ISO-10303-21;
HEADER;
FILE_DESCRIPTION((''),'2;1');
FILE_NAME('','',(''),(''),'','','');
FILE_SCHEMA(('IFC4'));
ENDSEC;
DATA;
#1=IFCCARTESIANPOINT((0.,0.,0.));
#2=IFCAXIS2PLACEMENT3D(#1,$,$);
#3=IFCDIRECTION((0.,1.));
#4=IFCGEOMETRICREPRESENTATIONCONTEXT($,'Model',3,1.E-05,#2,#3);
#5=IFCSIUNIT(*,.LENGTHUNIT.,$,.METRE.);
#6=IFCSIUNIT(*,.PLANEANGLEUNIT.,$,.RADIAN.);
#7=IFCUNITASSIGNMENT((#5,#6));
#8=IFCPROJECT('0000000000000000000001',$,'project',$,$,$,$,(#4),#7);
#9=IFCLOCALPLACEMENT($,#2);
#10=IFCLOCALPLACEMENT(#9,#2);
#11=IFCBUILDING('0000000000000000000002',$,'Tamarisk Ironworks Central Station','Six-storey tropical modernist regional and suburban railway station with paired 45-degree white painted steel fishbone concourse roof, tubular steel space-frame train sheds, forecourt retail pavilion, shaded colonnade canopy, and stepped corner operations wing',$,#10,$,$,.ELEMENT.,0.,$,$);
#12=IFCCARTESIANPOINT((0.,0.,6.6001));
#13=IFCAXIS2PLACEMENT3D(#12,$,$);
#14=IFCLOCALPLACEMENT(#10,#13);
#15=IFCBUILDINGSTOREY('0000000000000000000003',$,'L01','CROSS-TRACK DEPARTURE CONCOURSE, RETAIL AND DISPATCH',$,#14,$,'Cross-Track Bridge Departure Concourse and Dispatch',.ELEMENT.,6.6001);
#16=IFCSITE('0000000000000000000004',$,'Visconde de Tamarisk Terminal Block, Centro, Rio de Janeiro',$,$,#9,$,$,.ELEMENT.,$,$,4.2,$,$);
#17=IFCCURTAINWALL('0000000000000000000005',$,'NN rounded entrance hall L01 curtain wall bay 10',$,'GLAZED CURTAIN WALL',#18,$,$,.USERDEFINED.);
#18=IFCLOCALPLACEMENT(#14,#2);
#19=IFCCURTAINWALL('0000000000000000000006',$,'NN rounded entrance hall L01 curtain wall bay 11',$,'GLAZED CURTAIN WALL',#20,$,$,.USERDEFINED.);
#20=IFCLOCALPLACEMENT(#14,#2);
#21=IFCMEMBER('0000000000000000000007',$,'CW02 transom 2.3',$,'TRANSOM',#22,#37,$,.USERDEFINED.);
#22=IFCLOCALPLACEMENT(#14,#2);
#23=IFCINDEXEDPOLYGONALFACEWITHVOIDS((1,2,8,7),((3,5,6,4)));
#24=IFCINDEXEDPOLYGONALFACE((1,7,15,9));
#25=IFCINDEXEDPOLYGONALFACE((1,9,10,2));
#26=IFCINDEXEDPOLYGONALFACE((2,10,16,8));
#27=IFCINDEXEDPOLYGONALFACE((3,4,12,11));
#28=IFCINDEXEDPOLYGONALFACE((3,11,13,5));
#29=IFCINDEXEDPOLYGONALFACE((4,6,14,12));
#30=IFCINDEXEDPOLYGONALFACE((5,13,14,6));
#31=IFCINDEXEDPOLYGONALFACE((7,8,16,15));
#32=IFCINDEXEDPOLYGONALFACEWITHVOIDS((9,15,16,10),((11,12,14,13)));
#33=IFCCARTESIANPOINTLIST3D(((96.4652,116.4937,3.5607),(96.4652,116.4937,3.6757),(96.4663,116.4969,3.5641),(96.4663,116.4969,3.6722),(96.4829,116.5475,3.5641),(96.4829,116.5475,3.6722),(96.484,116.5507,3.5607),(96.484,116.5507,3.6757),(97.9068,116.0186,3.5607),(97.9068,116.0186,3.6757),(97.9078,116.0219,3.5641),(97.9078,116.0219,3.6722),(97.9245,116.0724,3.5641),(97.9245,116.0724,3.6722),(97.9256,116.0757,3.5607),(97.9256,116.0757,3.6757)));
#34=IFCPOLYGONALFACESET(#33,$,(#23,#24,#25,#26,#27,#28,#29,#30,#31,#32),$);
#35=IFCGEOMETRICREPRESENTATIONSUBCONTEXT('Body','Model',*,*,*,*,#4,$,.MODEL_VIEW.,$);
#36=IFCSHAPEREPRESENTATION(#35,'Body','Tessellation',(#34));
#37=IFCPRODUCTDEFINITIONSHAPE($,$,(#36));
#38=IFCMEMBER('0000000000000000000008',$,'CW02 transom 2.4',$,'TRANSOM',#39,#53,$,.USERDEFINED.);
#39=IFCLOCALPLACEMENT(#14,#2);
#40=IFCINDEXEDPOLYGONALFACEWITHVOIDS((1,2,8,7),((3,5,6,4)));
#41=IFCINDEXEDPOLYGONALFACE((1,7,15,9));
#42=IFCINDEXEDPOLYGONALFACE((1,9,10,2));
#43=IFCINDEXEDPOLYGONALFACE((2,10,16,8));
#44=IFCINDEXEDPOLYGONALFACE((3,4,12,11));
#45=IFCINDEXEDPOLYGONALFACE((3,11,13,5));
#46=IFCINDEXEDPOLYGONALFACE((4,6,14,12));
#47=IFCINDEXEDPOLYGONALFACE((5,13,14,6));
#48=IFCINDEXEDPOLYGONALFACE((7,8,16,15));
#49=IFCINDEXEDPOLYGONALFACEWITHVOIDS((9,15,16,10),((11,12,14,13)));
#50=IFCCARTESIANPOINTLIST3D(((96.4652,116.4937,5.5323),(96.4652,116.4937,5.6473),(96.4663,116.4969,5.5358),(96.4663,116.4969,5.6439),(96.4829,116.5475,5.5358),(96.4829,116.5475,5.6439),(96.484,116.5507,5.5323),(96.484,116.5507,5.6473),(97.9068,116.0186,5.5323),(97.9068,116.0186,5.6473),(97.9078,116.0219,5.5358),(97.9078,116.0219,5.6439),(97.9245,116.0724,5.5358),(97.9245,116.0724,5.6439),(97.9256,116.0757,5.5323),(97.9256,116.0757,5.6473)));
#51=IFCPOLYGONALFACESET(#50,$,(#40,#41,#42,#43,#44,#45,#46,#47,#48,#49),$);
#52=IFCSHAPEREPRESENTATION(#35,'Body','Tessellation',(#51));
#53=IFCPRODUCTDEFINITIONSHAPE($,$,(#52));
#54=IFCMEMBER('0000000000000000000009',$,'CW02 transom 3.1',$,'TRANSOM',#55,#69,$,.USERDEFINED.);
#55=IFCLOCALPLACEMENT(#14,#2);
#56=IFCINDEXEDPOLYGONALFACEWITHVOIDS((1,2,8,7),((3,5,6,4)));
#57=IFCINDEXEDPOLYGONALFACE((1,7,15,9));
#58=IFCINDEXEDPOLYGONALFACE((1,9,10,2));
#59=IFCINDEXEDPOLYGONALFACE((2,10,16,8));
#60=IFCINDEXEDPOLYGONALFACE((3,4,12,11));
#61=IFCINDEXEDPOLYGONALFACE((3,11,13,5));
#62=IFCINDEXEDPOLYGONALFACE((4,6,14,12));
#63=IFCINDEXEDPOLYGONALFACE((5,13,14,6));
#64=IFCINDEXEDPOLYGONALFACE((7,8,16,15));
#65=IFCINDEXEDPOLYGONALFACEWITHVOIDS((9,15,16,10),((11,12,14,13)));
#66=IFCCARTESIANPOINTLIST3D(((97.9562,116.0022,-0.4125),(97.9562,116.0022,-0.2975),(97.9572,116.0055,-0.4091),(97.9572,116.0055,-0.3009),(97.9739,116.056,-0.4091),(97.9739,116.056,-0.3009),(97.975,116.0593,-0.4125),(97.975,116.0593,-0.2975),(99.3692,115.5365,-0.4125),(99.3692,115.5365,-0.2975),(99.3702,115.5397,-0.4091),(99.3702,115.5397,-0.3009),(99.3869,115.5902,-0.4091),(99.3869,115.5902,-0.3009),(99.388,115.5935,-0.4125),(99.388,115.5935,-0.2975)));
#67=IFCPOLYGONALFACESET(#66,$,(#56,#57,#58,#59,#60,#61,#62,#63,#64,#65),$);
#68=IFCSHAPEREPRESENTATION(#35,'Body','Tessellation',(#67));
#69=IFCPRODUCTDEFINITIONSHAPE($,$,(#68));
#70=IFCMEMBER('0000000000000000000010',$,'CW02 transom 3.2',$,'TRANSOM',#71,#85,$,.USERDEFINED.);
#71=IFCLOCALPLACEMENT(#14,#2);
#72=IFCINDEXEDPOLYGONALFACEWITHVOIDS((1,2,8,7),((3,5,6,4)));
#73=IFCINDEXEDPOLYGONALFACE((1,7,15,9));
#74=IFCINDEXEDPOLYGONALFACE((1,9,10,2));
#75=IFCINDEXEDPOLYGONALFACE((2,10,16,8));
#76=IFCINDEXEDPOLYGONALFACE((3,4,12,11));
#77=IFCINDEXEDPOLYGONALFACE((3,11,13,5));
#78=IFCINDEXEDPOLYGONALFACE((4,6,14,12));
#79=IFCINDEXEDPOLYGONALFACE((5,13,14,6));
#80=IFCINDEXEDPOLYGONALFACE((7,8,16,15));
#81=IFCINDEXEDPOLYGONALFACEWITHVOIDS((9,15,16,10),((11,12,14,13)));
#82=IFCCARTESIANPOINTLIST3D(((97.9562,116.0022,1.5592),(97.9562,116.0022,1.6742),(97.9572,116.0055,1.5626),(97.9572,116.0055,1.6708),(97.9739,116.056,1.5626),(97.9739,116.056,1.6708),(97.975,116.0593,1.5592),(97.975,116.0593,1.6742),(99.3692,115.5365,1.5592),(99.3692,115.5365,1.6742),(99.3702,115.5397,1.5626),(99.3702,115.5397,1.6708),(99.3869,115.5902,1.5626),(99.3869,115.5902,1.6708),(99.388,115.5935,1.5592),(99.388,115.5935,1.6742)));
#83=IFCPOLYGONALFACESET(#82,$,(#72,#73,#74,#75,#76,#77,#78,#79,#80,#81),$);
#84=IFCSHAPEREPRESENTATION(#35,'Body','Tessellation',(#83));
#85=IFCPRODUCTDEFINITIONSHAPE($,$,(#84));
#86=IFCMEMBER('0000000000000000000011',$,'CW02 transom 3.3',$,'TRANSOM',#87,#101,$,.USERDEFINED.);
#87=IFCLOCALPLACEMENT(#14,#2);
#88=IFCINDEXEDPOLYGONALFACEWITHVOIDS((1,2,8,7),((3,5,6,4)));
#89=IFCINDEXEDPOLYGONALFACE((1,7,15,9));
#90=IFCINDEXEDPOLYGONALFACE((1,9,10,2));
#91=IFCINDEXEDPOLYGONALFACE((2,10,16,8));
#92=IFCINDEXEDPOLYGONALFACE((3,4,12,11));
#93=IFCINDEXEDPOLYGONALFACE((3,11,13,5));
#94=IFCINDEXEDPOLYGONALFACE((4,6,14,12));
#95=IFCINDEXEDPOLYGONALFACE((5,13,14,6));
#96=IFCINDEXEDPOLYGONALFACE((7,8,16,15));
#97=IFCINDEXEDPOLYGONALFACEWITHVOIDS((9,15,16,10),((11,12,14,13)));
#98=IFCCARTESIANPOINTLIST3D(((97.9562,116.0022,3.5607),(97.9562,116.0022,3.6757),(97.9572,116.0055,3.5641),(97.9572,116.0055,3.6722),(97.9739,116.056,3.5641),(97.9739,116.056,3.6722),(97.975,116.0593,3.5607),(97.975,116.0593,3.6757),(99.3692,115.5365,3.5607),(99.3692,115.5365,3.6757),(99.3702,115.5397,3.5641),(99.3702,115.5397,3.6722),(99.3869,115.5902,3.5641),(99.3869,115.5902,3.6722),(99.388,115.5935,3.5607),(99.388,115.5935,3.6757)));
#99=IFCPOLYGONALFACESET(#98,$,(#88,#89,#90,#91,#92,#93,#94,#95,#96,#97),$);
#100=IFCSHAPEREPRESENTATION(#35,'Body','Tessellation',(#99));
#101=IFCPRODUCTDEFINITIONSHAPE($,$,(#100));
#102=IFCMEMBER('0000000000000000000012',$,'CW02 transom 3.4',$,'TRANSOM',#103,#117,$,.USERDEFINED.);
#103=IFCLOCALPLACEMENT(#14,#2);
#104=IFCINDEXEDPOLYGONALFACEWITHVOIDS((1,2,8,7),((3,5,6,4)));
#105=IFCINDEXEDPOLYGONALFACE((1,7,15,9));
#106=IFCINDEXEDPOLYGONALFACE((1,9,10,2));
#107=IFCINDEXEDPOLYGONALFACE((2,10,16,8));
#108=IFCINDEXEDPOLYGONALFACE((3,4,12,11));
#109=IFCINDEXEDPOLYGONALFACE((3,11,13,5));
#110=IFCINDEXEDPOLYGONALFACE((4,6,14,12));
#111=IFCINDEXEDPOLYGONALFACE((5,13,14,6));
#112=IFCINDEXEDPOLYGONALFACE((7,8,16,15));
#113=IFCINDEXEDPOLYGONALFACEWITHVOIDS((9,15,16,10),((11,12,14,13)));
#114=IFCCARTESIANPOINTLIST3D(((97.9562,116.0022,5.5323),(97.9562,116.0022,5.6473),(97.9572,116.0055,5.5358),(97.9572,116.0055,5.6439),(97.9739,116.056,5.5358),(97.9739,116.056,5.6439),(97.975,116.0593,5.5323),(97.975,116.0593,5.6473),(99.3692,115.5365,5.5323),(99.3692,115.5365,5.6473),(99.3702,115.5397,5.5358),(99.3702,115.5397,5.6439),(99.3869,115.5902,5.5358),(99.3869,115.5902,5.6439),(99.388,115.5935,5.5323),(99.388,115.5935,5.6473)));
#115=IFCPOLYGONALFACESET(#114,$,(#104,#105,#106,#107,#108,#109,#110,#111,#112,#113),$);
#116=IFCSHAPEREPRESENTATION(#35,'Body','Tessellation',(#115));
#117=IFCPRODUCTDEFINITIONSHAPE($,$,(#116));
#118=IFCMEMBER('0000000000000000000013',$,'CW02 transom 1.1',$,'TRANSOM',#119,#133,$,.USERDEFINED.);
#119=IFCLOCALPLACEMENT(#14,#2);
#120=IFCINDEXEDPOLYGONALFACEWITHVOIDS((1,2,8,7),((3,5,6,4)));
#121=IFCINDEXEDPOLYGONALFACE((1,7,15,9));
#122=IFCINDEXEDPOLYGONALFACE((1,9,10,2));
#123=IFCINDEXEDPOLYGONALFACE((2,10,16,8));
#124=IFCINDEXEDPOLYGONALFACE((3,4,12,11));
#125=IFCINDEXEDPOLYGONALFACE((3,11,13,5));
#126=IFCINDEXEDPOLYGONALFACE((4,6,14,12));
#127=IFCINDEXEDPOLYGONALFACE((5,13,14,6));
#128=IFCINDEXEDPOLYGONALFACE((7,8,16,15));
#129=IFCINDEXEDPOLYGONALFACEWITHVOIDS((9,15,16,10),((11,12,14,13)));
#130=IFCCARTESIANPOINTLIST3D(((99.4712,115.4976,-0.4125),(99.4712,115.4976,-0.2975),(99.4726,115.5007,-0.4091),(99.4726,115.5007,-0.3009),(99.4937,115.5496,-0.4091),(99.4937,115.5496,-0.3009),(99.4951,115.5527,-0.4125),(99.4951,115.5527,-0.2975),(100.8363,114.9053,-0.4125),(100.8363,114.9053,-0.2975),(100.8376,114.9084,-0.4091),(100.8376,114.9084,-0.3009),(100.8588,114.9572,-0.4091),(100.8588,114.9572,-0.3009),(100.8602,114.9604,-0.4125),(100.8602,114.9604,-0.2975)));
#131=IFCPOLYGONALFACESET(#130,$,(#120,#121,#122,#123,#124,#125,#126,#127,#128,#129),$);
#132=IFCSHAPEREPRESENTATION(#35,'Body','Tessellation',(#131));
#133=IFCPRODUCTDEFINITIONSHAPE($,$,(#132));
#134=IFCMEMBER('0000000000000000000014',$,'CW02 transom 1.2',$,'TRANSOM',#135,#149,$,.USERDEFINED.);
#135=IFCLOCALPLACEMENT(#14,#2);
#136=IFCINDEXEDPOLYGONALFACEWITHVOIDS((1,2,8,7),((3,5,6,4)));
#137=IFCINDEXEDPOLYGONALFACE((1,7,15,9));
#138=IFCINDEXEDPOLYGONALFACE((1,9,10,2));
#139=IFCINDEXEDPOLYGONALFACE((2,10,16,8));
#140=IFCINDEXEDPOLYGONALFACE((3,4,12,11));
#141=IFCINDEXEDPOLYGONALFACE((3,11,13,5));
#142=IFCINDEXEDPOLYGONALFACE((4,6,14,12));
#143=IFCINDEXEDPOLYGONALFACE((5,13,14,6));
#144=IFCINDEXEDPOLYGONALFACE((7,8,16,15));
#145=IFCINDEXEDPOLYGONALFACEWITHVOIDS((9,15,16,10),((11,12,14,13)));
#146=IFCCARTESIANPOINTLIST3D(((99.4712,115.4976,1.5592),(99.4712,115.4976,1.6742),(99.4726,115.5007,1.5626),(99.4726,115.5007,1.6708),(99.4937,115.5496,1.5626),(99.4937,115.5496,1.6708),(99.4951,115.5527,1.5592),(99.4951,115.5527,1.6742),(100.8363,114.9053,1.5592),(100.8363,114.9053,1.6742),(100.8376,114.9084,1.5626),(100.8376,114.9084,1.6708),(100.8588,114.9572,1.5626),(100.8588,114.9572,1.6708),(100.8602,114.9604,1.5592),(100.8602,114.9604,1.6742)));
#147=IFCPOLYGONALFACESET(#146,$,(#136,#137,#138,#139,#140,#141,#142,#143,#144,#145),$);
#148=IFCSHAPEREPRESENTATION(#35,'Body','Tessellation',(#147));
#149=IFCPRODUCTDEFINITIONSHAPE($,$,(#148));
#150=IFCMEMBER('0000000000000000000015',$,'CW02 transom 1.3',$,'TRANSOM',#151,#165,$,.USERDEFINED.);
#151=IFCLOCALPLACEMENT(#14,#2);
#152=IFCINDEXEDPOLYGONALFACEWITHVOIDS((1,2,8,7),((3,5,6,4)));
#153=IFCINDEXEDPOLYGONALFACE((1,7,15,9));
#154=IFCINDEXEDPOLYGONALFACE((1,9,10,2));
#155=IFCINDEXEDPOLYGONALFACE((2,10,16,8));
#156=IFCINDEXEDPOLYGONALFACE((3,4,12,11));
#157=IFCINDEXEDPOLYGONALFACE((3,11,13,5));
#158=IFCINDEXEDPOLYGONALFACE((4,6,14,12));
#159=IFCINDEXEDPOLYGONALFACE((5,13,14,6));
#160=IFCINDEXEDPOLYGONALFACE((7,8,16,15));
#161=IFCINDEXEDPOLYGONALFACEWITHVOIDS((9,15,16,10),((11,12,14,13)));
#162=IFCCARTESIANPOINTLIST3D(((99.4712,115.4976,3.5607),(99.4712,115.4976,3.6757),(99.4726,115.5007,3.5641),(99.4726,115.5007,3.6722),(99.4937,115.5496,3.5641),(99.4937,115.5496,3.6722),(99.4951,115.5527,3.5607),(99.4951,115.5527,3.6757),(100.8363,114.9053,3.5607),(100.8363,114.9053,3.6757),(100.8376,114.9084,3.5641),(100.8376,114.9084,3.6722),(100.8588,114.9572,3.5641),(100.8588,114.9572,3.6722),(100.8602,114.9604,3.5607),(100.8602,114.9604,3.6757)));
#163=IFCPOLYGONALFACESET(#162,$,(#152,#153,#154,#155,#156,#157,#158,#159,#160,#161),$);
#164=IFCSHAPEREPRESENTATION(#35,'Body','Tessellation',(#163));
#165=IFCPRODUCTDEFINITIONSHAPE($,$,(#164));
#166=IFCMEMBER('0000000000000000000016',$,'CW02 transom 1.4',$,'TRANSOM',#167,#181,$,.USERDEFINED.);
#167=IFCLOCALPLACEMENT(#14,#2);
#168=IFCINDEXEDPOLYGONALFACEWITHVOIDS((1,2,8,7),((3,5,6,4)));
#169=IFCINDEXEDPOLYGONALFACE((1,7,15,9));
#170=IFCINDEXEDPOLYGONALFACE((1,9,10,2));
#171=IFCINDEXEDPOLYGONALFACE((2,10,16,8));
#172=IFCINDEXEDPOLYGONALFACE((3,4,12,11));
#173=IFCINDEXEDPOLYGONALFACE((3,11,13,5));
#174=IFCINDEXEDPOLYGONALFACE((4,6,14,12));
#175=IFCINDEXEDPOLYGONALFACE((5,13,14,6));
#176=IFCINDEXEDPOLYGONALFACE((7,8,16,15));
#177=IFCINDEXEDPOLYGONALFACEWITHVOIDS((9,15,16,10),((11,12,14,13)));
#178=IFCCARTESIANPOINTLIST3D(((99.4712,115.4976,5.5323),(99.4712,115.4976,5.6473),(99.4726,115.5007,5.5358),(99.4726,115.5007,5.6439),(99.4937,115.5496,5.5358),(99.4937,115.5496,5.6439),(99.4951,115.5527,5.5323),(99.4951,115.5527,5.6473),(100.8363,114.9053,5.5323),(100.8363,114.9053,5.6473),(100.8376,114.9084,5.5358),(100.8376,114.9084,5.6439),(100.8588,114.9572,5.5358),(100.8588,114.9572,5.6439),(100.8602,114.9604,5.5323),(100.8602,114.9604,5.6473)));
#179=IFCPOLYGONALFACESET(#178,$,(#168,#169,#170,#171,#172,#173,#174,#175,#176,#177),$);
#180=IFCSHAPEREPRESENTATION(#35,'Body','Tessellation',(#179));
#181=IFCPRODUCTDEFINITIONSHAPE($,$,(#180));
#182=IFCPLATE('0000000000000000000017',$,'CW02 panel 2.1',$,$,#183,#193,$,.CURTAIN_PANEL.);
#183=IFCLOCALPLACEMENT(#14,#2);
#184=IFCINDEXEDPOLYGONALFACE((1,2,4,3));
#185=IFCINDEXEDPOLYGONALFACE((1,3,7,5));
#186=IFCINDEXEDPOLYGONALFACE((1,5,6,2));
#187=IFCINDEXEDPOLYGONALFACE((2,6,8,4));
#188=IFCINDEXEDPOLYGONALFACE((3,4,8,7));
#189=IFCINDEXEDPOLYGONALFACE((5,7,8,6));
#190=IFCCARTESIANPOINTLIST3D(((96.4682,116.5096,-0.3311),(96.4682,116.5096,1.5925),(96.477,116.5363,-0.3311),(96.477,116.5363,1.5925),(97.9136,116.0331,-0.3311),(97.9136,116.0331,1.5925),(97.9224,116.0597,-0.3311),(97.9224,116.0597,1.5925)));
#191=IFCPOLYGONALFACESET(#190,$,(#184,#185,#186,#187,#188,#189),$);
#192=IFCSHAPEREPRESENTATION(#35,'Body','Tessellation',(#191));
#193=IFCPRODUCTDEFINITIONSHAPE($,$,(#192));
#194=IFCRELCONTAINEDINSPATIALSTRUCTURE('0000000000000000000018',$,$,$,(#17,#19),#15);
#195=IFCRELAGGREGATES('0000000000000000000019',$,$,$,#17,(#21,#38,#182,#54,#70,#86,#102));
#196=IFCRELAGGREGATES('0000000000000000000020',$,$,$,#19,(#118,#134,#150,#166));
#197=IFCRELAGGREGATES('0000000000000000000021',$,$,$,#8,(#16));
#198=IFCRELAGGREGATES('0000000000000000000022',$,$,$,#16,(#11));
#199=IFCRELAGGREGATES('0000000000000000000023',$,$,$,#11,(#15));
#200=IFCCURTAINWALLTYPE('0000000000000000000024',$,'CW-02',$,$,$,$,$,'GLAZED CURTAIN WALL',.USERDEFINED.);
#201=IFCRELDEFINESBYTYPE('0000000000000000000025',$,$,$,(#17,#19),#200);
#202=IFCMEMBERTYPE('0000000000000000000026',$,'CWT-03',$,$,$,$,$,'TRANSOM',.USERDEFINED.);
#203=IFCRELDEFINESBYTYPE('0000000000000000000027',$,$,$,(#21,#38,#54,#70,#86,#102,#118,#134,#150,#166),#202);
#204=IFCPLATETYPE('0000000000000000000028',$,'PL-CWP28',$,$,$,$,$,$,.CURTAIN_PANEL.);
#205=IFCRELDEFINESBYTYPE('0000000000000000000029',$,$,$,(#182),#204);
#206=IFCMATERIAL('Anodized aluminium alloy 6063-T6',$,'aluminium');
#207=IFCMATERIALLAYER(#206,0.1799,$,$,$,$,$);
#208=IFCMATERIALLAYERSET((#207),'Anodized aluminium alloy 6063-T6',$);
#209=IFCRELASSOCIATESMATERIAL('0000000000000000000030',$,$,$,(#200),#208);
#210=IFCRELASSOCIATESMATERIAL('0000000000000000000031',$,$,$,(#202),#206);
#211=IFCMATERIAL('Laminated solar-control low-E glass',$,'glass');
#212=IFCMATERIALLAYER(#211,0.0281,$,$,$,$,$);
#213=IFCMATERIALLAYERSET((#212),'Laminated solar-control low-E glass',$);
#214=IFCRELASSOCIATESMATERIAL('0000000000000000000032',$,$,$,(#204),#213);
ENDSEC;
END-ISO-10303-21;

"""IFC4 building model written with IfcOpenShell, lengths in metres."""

from ifc_helpers import new_model, si_unit, direction, frame, origin, origin_2d, place, context, subcontext, project, spatial, rectangle, hollow_rectangle, extrude, material, layer, layer_set, material_profile, profile_set, type_object, element, aggregate, save


model = new_model("IFC4")

# Units and contexts
model_context = context("Model", 3, precision=1e-05, world=origin(), true_north=direction((0.0, 1.0)))
body_context = subcontext(model_context, "Body", "Model", "MODEL_VIEW")
ifc_project = project(units=[si_unit("LENGTHUNIT", "METRE"), si_unit("PLANEANGLEUNIT", "RADIAN")], contexts=[model_context])

# Site, building, storey
site_placement = place(None, origin())
site = spatial("IfcSite", under=ifc_project, at=site_placement, Name="Visconde de Tamarisk Terminal Block, Centro, Rio de Janeiro", CompositionType="ELEMENT", RefElevation=4.2)
building_placement = place(site_placement, origin())
building = spatial("IfcBuilding", under=site, at=building_placement, Name="Tamarisk Ironworks Central Station", Description="Six-storey tropical modernist regional and suburban railway station with paired 45-degree white painted steel fishbone concourse roof, tubular steel space-frame train sheds, forecourt retail pavilion, shaded colonnade canopy, and stepped corner operations wing", CompositionType="ELEMENT", ElevationOfRefHeight=0.0)
storey_placement = place(building_placement, frame((0.0, 0.0, 6.6001)))
storey = spatial("IfcBuildingStorey", under=building, at=storey_placement, Name="L01", Description="CROSS-TRACK DEPARTURE CONCOURSE, RETAIL AND DISPATCH", LongName="Cross-Track Bridge Departure Concourse and Dispatch", CompositionType="ELEMENT", Elevation=6.6001)

# Curtain wall
ifc_material_1 = material(Name="Anodized aluminium alloy 6063-T6", Category="aluminium")
ifc_layer_1 = layer(ifc_material_1, 0.1799)
ifc_layer_set_1 = layer_set([ifc_layer_1], Name="Anodized aluminium alloy 6063-T6")
curtain_wall_type = type_object("IfcCurtainWallType", Name="CW-02", ElementType="GLAZED CURTAIN WALL", PredefinedType="USERDEFINED", material=ifc_layer_set_1)
curtain_wall_1_placement = place(storey_placement, origin())
curtain_wall_1 = element("IfcCurtainWall", 1, at=curtain_wall_1_placement, inside=storey, type_object=curtain_wall_type, Name="NN rounded entrance hall L01 curtain wall bay 10", ObjectType="GLAZED CURTAIN WALL", PredefinedType="USERDEFINED")

# Curtain wall
curtain_wall_2_placement = place(storey_placement, origin())
curtain_wall_2 = element("IfcCurtainWall", 2, at=curtain_wall_2_placement, inside=storey, type_object=curtain_wall_type, Name="NN rounded entrance hall L01 curtain wall bay 11", ObjectType="GLAZED CURTAIN WALL", PredefinedType="USERDEFINED")

# Members
ifc_material_profile_1 = material_profile(ifc_material_1, hollow_rectangle(XDim=0.0601, YDim=0.115, WallThickness=0.0034, at=origin_2d()), Name="ALUM 115x60")
ifc_profile_set_1 = profile_set([ifc_material_profile_1], Name="Anodized aluminium alloy 6063-T6")
member_type_1 = type_object("IfcMemberType", Name="CWT-03", ElementType="TRANSOM", PredefinedType="USERDEFINED", material=ifc_profile_set_1)
member_1_placement = place(storey_placement, frame((96.4746, 116.5222, 3.6182), z_axis=(0.949755, -0.312993, 0.0), x_axis=(0.312993, 0.949755, 0.0)))
member_1 = element("IfcMember", 3, at=member_1_placement, type_object=member_type_1, Name="CW02 transom 2.3", ObjectType="TRANSOM", PredefinedType="USERDEFINED", context=body_context, shape_type="SweptSolid", body=[
    extrude(hollow_rectangle(XDim=0.0601, YDim=0.115, WallThickness=0.0034, at=origin_2d()), origin(), (0.0, 0.0, 1.0), 1.5178),
])
member_2_placement = place(storey_placement, frame((96.4746, 116.5222, 5.5898), z_axis=(0.949755, -0.312993, 0.0), x_axis=(0.312993, 0.949755, 0.0)))
member_2 = element("IfcMember", 4, at=member_2_placement, type_object=member_type_1, Name="CW02 transom 2.4", ObjectType="TRANSOM", PredefinedType="USERDEFINED", context=body_context, shape_type="SweptSolid", body=[
    extrude(hollow_rectangle(XDim=0.0601, YDim=0.115, WallThickness=0.0034, at=origin_2d()), origin(), (0.0, 0.0, 1.0), 1.5178),
])
member_3_placement = place(storey_placement, frame((97.9656, 116.0308, -0.355), z_axis=(0.949728, -0.313076, 0.0), x_axis=(0.313076, 0.949728, 0.0)))
member_3 = element("IfcMember", 5, at=member_3_placement, type_object=member_type_1, Name="CW02 transom 3.1", ObjectType="TRANSOM", PredefinedType="USERDEFINED", context=body_context, shape_type="SweptSolid", body=[
    extrude(hollow_rectangle(XDim=0.0601, YDim=0.115, WallThickness=0.0034, at=origin_2d()), origin(), (0.0, 0.0, 1.0), 1.4878),
])
member_4_placement = place(storey_placement, frame((97.9656, 116.0308, 1.6167), z_axis=(0.949728, -0.313076, 0.0), x_axis=(0.313076, 0.949728, 0.0)))
member_4 = element("IfcMember", 6, at=member_4_placement, type_object=member_type_1, Name="CW02 transom 3.2", ObjectType="TRANSOM", PredefinedType="USERDEFINED", context=body_context, shape_type="SweptSolid", body=[
    extrude(hollow_rectangle(XDim=0.0601, YDim=0.115, WallThickness=0.0034, at=origin_2d()), origin(), (0.0, 0.0, 1.0), 1.4878),
])
member_5_placement = place(storey_placement, frame((97.9656, 116.0308, 3.6182), z_axis=(0.949728, -0.313076, 0.0), x_axis=(0.313076, 0.949728, 0.0)))
member_5 = element("IfcMember", 7, at=member_5_placement, type_object=member_type_1, Name="CW02 transom 3.3", ObjectType="TRANSOM", PredefinedType="USERDEFINED", context=body_context, shape_type="SweptSolid", body=[
    extrude(hollow_rectangle(XDim=0.0601, YDim=0.115, WallThickness=0.0034, at=origin_2d()), origin(), (0.0, 0.0, 1.0), 1.4878),
])
member_6_placement = place(storey_placement, frame((97.9656, 116.0308, 5.5898), z_axis=(0.949728, -0.313076, 0.0), x_axis=(0.313076, 0.949728, 0.0)))
member_6 = element("IfcMember", 8, at=member_6_placement, type_object=member_type_1, Name="CW02 transom 3.4", ObjectType="TRANSOM", PredefinedType="USERDEFINED", context=body_context, shape_type="SweptSolid", body=[
    extrude(hollow_rectangle(XDim=0.0601, YDim=0.115, WallThickness=0.0034, at=origin_2d()), origin(), (0.0, 0.0, 1.0), 1.4878),
])
member_7_placement = place(storey_placement, frame((99.4832, 115.5251, -0.355), z_axis=(0.917362, -0.398054, 0.0), x_axis=(0.398054, 0.917362, 0.0)))
member_7 = element("IfcMember", 9, at=member_7_placement, type_object=member_type_1, Name="CW02 transom 1.1", ObjectType="TRANSOM", PredefinedType="USERDEFINED", context=body_context, shape_type="SweptSolid", body=[
    extrude(hollow_rectangle(XDim=0.0601, YDim=0.115, WallThickness=0.0034, at=origin_2d()), origin(), (0.0, 0.0, 1.0), 1.488),
])
member_8_placement = place(storey_placement, frame((99.4832, 115.5251, 1.6167), z_axis=(0.917362, -0.398054, 0.0), x_axis=(0.398054, 0.917362, 0.0)))
member_8 = element("IfcMember", 10, at=member_8_placement, type_object=member_type_1, Name="CW02 transom 1.2", ObjectType="TRANSOM", PredefinedType="USERDEFINED", context=body_context, shape_type="SweptSolid", body=[
    extrude(hollow_rectangle(XDim=0.0601, YDim=0.115, WallThickness=0.0034, at=origin_2d()), origin(), (0.0, 0.0, 1.0), 1.488),
])
member_9_placement = place(storey_placement, frame((99.4832, 115.5251, 3.6182), z_axis=(0.917362, -0.398054, 0.0), x_axis=(0.398054, 0.917362, 0.0)))
member_9 = element("IfcMember", 11, at=member_9_placement, type_object=member_type_1, Name="CW02 transom 1.3", ObjectType="TRANSOM", PredefinedType="USERDEFINED", context=body_context, shape_type="SweptSolid", body=[
    extrude(hollow_rectangle(XDim=0.0601, YDim=0.115, WallThickness=0.0034, at=origin_2d()), origin(), (0.0, 0.0, 1.0), 1.488),
])
member_10_placement = place(storey_placement, frame((99.4832, 115.5251, 5.5898), z_axis=(0.917362, -0.398054, 0.0), x_axis=(0.398054, 0.917362, 0.0)))
member_10 = element("IfcMember", 12, at=member_10_placement, type_object=member_type_1, Name="CW02 transom 1.4", ObjectType="TRANSOM", PredefinedType="USERDEFINED", context=body_context, shape_type="SweptSolid", body=[
    extrude(hollow_rectangle(XDim=0.0601, YDim=0.115, WallThickness=0.0034, at=origin_2d()), origin(), (0.0, 0.0, 1.0), 1.488),
])

# Plate
ifc_material_2 = material(Name="Laminated solar-control low-E glass", Category="glass")
ifc_layer_2 = layer(ifc_material_2, 0.0281)
ifc_layer_set_2 = layer_set([ifc_layer_2], Name="Laminated solar-control low-E glass")
plate_type = type_object("IfcPlateType", Name="PL-CWP28", PredefinedType="CURTAIN_PANEL", material=ifc_layer_set_2)
plate_1_placement = place(storey_placement, frame((97.1953, 116.2847, -0.3311), z_axis=(0.0, 0.0, 1.0), x_axis=(0.949721, -0.313098, 0.0)))
plate_1 = element("IfcPlate", 13, at=plate_1_placement, type_object=plate_type, Name="CW02 panel 2.1", PredefinedType="CURTAIN_PANEL", context=body_context, shape_type="SweptSolid", body=[
    extrude(rectangle(XDim=1.522, YDim=0.0281, at=origin_2d()), origin(), (0.0, 0.0, 1.0), 1.9236),
])
aggregate(curtain_wall_1, [member_1, member_2, plate_1, member_3, member_4, member_5, member_6])
aggregate(curtain_wall_2, [member_7, member_8, member_9, member_10])

save(model, "model.ifc")
